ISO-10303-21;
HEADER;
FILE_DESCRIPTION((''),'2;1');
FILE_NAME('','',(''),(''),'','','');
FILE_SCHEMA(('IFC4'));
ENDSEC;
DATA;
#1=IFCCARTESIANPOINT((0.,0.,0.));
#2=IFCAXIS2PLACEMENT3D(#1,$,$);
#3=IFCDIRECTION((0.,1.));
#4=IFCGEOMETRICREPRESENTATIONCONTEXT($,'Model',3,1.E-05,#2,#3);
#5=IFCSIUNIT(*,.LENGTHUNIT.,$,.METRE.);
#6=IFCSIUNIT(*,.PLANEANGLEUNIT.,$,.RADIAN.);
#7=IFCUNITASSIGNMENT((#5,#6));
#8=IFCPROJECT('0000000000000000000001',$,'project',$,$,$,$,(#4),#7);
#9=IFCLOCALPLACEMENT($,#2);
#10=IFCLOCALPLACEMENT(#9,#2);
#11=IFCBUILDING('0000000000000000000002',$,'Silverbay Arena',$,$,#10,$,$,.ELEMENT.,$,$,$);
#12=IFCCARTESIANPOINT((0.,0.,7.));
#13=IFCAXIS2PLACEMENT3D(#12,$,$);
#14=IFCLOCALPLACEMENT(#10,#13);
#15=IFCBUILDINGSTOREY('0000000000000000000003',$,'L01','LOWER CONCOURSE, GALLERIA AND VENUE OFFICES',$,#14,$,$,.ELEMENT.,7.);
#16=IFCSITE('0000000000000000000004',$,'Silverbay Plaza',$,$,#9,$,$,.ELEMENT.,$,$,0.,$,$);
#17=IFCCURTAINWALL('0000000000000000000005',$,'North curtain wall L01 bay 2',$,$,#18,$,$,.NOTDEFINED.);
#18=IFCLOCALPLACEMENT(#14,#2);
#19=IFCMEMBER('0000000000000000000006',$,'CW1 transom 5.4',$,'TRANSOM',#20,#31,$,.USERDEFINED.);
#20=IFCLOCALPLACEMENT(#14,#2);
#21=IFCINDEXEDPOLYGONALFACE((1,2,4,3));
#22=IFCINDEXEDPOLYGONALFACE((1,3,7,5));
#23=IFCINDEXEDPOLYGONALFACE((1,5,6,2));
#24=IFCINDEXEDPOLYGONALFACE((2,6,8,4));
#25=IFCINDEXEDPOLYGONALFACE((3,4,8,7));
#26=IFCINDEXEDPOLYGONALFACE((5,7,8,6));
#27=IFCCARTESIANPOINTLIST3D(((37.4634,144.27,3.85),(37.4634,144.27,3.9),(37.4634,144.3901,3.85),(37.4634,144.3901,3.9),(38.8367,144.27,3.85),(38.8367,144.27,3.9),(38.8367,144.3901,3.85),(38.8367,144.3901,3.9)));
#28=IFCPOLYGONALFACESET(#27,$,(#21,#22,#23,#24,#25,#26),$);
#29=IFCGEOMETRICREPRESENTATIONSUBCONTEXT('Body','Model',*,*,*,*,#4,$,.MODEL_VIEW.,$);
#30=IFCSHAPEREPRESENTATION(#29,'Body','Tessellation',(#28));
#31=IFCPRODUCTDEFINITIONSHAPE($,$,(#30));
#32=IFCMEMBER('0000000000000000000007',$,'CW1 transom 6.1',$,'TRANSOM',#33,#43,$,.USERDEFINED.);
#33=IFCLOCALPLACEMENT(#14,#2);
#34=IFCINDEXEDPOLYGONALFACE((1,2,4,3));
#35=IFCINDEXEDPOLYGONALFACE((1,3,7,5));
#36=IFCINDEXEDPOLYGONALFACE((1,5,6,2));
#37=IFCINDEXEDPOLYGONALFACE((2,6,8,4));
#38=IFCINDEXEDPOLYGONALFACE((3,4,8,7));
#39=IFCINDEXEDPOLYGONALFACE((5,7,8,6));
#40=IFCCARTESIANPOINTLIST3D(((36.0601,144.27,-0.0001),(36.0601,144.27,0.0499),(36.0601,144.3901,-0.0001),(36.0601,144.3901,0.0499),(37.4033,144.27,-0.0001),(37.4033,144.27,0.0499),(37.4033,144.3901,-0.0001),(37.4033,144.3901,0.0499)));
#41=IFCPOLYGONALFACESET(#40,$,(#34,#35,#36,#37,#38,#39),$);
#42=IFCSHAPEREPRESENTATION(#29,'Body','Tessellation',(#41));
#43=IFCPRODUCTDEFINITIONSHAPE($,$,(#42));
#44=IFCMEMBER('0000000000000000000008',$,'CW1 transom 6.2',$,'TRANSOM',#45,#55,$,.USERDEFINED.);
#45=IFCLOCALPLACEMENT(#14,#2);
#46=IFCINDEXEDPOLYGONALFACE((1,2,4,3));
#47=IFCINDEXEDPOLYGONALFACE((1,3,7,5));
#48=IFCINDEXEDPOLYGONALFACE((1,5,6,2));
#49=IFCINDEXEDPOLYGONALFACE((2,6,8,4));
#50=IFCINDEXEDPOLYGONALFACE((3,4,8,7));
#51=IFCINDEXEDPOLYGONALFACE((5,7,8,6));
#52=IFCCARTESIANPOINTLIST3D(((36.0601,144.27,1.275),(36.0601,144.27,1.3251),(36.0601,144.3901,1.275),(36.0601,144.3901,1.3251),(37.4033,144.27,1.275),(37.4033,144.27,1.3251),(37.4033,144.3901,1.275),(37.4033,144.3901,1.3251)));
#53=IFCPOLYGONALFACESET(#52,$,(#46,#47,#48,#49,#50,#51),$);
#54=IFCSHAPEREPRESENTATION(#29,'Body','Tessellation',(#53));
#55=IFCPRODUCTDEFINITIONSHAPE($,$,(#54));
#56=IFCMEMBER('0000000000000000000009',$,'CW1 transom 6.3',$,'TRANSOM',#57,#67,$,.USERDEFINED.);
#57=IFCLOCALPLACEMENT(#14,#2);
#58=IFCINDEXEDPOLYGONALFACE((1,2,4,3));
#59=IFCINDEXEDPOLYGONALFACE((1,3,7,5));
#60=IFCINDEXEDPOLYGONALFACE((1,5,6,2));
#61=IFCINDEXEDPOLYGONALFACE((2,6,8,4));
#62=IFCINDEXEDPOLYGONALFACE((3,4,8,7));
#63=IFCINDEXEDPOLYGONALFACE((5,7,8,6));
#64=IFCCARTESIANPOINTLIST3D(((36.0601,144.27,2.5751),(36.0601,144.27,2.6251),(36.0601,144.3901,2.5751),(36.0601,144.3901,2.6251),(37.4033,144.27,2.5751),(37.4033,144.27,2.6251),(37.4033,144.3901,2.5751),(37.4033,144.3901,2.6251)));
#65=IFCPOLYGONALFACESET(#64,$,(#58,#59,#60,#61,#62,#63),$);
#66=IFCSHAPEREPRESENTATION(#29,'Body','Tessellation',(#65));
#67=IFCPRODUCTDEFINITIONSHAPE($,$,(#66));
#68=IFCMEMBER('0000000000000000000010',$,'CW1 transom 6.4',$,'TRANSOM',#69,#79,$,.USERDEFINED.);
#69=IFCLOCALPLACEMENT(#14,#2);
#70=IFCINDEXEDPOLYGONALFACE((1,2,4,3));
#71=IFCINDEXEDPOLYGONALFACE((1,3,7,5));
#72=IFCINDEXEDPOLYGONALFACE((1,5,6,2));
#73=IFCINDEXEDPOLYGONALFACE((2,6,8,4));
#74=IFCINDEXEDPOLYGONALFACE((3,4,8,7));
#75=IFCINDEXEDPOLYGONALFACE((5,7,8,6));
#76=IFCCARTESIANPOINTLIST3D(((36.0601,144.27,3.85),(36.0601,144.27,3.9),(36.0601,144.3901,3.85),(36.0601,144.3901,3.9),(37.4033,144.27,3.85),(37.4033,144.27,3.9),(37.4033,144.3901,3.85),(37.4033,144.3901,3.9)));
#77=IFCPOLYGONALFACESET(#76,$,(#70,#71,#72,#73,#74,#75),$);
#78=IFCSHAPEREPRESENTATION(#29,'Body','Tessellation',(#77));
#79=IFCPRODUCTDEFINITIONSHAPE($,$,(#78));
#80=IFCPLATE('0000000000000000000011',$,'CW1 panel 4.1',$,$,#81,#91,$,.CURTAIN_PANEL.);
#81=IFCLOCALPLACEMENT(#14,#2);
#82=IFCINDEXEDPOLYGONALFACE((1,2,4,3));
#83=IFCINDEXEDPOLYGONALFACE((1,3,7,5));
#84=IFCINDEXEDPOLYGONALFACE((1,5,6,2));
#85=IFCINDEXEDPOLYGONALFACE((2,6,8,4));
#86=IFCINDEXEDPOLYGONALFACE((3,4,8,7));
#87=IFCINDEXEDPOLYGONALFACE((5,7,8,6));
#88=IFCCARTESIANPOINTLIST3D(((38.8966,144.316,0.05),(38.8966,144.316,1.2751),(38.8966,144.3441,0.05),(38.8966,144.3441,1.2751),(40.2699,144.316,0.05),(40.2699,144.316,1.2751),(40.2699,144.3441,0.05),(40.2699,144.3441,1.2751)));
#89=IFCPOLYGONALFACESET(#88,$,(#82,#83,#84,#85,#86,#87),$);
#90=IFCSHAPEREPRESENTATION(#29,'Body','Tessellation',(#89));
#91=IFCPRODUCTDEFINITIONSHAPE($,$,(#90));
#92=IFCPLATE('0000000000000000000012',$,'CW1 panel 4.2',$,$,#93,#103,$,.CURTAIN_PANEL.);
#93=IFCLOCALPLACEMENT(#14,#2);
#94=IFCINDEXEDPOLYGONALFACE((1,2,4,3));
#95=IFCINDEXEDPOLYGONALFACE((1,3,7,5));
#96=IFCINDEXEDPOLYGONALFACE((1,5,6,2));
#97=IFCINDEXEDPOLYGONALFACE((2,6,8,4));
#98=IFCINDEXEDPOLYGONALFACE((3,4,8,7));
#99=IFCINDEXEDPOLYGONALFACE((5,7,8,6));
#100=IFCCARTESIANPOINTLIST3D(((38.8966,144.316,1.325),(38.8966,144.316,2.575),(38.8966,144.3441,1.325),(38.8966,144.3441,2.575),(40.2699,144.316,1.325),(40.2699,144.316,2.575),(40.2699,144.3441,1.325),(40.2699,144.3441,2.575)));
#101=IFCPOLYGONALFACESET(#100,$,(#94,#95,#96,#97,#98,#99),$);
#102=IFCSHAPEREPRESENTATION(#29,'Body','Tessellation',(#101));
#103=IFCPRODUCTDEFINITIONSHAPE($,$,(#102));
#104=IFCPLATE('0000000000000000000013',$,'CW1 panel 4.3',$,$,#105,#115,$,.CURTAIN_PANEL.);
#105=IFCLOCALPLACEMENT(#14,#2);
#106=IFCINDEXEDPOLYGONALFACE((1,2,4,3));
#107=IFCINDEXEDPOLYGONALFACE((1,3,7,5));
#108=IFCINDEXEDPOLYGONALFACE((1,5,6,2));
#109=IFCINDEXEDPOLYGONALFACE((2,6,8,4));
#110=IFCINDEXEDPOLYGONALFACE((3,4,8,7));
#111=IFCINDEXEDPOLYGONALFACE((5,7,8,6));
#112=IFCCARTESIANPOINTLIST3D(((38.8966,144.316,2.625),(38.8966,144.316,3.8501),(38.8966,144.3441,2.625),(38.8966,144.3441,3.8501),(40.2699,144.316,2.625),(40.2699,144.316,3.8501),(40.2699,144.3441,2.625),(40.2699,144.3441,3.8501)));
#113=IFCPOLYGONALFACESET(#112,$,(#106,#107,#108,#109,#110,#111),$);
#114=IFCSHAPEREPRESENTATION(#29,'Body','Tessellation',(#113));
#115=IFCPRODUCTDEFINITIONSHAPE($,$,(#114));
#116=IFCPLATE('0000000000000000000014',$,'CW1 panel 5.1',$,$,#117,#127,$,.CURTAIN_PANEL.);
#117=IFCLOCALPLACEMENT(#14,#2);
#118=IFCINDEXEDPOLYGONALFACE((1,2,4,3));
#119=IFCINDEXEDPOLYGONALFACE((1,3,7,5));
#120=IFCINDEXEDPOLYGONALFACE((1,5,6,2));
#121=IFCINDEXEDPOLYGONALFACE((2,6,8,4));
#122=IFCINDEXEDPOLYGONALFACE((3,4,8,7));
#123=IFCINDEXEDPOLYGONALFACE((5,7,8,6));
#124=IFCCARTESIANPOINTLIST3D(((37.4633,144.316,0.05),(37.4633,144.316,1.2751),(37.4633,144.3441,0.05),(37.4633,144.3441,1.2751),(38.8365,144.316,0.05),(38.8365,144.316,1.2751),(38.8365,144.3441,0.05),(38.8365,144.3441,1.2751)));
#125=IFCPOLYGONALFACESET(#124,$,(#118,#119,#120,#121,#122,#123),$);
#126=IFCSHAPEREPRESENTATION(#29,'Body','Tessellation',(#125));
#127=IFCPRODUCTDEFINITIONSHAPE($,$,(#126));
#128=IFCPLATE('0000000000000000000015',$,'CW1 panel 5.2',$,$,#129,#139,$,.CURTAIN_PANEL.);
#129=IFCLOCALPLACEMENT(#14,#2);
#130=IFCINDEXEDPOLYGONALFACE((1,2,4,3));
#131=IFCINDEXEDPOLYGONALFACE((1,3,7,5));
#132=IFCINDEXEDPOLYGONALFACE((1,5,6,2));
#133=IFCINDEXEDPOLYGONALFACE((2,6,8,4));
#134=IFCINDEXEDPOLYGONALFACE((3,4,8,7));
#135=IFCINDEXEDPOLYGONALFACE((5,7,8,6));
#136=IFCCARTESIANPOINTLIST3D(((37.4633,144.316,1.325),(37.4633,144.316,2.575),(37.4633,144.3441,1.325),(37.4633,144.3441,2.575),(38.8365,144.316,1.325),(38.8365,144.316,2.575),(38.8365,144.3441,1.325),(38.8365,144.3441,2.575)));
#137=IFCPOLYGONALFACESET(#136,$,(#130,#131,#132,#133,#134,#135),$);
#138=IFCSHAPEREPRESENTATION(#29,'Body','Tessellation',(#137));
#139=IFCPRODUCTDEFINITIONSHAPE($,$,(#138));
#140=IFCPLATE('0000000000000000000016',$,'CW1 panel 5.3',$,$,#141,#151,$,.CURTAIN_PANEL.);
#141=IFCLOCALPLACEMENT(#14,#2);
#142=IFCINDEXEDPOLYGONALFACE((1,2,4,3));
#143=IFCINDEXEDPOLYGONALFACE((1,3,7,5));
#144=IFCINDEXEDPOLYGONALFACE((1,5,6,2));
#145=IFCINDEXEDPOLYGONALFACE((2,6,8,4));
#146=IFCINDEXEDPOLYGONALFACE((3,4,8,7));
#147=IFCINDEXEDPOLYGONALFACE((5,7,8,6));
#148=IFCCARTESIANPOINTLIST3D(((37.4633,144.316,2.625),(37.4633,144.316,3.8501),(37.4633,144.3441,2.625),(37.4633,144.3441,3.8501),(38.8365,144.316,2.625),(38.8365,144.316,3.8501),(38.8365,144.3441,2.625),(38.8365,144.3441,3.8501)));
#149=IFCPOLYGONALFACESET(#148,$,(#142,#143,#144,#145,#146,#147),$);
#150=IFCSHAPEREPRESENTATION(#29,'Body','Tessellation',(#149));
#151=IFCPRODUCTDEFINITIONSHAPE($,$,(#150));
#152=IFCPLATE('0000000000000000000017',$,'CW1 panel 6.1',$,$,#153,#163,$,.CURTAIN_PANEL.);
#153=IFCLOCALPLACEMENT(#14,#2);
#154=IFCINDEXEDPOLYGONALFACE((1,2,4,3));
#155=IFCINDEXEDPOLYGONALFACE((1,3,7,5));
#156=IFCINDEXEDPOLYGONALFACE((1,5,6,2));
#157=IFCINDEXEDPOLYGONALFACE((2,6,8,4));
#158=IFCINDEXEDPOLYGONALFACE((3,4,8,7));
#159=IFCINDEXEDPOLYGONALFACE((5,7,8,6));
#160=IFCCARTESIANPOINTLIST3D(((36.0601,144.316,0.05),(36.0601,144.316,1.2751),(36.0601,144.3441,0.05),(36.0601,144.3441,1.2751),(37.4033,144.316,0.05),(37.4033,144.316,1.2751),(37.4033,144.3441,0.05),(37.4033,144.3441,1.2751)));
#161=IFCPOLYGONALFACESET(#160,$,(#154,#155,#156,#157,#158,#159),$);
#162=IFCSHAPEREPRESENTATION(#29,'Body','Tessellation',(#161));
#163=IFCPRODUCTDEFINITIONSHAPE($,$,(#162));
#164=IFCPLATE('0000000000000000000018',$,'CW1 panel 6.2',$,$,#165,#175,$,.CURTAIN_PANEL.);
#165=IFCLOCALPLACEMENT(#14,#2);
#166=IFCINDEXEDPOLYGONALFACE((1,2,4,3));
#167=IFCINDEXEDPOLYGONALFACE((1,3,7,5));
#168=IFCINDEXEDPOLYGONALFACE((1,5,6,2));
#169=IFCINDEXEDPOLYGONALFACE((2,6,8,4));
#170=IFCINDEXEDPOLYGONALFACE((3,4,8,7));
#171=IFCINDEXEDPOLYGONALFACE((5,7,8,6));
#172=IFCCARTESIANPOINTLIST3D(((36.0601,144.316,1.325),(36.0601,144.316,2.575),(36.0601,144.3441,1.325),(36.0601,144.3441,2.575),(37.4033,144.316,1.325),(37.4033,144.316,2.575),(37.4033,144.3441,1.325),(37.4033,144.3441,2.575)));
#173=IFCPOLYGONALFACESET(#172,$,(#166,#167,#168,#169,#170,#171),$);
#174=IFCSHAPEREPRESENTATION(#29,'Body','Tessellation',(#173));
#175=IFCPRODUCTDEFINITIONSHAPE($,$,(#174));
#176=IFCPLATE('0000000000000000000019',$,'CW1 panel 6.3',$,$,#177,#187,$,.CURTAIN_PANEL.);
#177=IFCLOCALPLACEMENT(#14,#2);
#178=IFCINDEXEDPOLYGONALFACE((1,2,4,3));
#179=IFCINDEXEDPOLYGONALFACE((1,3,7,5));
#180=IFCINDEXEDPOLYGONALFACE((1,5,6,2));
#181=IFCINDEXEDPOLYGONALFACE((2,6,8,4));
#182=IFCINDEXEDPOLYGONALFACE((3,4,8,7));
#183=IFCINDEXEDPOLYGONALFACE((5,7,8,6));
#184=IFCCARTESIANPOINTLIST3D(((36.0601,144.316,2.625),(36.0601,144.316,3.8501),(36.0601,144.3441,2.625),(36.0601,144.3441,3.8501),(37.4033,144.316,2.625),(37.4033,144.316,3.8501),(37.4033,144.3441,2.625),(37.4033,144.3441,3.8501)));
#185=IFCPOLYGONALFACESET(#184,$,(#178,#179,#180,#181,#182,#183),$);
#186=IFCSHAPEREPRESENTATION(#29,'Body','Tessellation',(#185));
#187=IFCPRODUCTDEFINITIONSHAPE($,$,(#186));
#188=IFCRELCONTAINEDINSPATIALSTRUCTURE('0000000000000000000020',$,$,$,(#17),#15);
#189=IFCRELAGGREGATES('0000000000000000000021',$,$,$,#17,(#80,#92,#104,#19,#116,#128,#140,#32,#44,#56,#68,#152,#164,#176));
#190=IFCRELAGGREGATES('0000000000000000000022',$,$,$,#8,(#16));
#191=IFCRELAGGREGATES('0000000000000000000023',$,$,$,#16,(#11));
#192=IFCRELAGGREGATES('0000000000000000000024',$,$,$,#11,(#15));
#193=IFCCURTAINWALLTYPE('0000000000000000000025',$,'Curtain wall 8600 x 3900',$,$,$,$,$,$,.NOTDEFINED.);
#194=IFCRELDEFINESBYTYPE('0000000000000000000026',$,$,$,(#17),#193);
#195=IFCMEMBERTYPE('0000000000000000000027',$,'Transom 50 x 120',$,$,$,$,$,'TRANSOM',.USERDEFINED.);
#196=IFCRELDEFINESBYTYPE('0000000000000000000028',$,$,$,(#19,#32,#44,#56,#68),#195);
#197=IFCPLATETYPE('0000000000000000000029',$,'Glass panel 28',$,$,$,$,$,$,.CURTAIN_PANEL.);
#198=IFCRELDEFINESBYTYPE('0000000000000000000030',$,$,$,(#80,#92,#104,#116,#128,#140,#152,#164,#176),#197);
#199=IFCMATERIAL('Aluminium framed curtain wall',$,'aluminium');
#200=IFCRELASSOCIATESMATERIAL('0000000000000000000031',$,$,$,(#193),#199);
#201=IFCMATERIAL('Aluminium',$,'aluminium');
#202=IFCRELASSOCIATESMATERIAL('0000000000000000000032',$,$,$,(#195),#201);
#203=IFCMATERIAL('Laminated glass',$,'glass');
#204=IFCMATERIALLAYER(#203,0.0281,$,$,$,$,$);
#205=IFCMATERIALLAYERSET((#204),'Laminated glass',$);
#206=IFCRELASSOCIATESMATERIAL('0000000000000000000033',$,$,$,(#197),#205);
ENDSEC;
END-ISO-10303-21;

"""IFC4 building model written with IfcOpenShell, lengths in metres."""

from ifc_helpers import new_model, si_unit, direction, frame, origin, origin_2d, place, context, subcontext, project, spatial, rectangle, extrude, material, layer, layer_set, material_profile, profile_set, type_object, element, aggregate, save


model = new_model("IFC4")

# Units and contexts
model_context = context("Model", 3, precision=1e-05, world=origin(), true_north=direction((0.0, 1.0)))
body_context = subcontext(model_context, "Body", "Model", "MODEL_VIEW")
ifc_project = project(units=[si_unit("LENGTHUNIT", "METRE"), si_unit("PLANEANGLEUNIT", "RADIAN")], contexts=[model_context])

# Site, building, storey
site_placement = place(None, origin())
site = spatial("IfcSite", under=ifc_project, at=site_placement, Name="Silverbay Plaza", CompositionType="ELEMENT", RefElevation=0.0)
building_placement = place(site_placement, origin())
building = spatial("IfcBuilding", under=site, at=building_placement, Name="Silverbay Arena", CompositionType="ELEMENT")
storey_placement = place(building_placement, frame((0.0, 0.0, 7.0)))
storey = spatial("IfcBuildingStorey", under=building, at=storey_placement, Name="L01", Description="LOWER CONCOURSE, GALLERIA AND VENUE OFFICES", CompositionType="ELEMENT", Elevation=7.0)

# Curtain wall
ifc_material_1 = material(Name="Aluminium framed curtain wall", Category="aluminium")
curtain_wall_type = type_object("IfcCurtainWallType", Name="Curtain wall 8600 x 3900", PredefinedType="NOTDEFINED", material=ifc_material_1)
curtain_wall_placement = place(storey_placement, origin())
curtain_wall = element("IfcCurtainWall", 1, at=curtain_wall_placement, inside=storey, type_object=curtain_wall_type, Name="North curtain wall L01 bay 2", PredefinedType="NOTDEFINED")

# Members
ifc_material_2 = material(Name="Aluminium", Category="aluminium")
ifc_material_profile_1 = material_profile(ifc_material_2, rectangle(XDim=0.1201, YDim=0.05, at=origin_2d()), Name="Transom 50 x 120")
ifc_profile_set_1 = profile_set([ifc_material_profile_1], Name="Aluminium")
member_type_1 = type_object("IfcMemberType", Name="Transom 50 x 120", ElementType="TRANSOM", PredefinedType="USERDEFINED", material=ifc_profile_set_1)
member_1_placement = place(storey_placement, frame((38.8367, 144.3301, 3.875), z_axis=(-1.0, 0.0, 0.0), x_axis=(0.0, -1.0, 0.0)))
member_1 = element("IfcMember", 2, at=member_1_placement, type_object=member_type_1, Name="CW1 transom 5.4", ObjectType="TRANSOM", PredefinedType="USERDEFINED", context=body_context, shape_type="SweptSolid", body=[
    extrude(rectangle(XDim=0.1201, YDim=0.05, at=origin_2d()), origin(), (0.0, 0.0, 1.0), 1.3733),
])
member_2_placement = place(storey_placement, frame((37.4033, 144.3301, 0.0249), z_axis=(-1.0, 0.0, 0.0), x_axis=(0.0, -1.0, 0.0)))
member_2 = element("IfcMember", 3, at=member_2_placement, type_object=member_type_1, Name="CW1 transom 6.1", ObjectType="TRANSOM", PredefinedType="USERDEFINED", context=body_context, shape_type="SweptSolid", body=[
    extrude(rectangle(XDim=0.1201, YDim=0.05, at=origin_2d()), origin(), (0.0, 0.0, 1.0), 1.3433),
])
member_3_placement = place(storey_placement, frame((37.4033, 144.3301, 1.3), z_axis=(-1.0, 0.0, 0.0), x_axis=(0.0, -1.0, 0.0)))
member_3 = element("IfcMember", 4, at=member_3_placement, type_object=member_type_1, Name="CW1 transom 6.2", ObjectType="TRANSOM", PredefinedType="USERDEFINED", context=body_context, shape_type="SweptSolid", body=[
    extrude(rectangle(XDim=0.1201, YDim=0.05, at=origin_2d()), origin(), (0.0, 0.0, 1.0), 1.3433),
])
member_4_placement = place(storey_placement, frame((37.4033, 144.3301, 2.6001), z_axis=(-1.0, 0.0, 0.0), x_axis=(0.0, -1.0, 0.0)))
member_4 = element("IfcMember", 5, at=member_4_placement, type_object=member_type_1, Name="CW1 transom 6.3", ObjectType="TRANSOM", PredefinedType="USERDEFINED", context=body_context, shape_type="SweptSolid", body=[
    extrude(rectangle(XDim=0.1201, YDim=0.05, at=origin_2d()), origin(), (0.0, 0.0, 1.0), 1.3433),
])
member_5_placement = place(storey_placement, frame((37.4033, 144.3301, 3.875), z_axis=(-1.0, 0.0, 0.0), x_axis=(0.0, -1.0, 0.0)))
member_5 = element("IfcMember", 6, at=member_5_placement, type_object=member_type_1, Name="CW1 transom 6.4", ObjectType="TRANSOM", PredefinedType="USERDEFINED", context=body_context, shape_type="SweptSolid", body=[
    extrude(rectangle(XDim=0.1201, YDim=0.05, at=origin_2d()), origin(), (0.0, 0.0, 1.0), 1.3433),
])

# Plates
ifc_material_3 = material(Name="Laminated glass", Category="glass")
ifc_layer = layer(ifc_material_3, 0.0281)
ifc_layer_set = layer_set([ifc_layer], Name="Laminated glass")
plate_type = type_object("IfcPlateType", Name="Glass panel 28", PredefinedType="CURTAIN_PANEL", material=ifc_layer_set)
plate_1_placement = place(storey_placement, frame((39.5833, 144.3301, 0.05), z_axis=(0.0, 0.0, 1.0), x_axis=(-1.0, 0.0, 0.0)))
plate_1 = element("IfcPlate", 7, at=plate_1_placement, type_object=plate_type, Name="CW1 panel 4.1", PredefinedType="CURTAIN_PANEL", context=body_context, shape_type="SweptSolid", body=[
    extrude(rectangle(XDim=1.3733, YDim=0.0281, at=origin_2d()), origin(), (0.0, 0.0, 1.0), 1.2251),
])
plate_2_placement = place(storey_placement, frame((39.5833, 144.3301, 1.325), z_axis=(0.0, 0.0, 1.0), x_axis=(-1.0, 0.0, 0.0)))
plate_2 = element("IfcPlate", 8, at=plate_2_placement, type_object=plate_type, Name="CW1 panel 4.2", PredefinedType="CURTAIN_PANEL", context=body_context, shape_type="SweptSolid", body=[
    extrude(rectangle(XDim=1.3733, YDim=0.0281, at=origin_2d()), origin(), (0.0, 0.0, 1.0), 1.25),
])
plate_3_placement = place(storey_placement, frame((39.5833, 144.3301, 2.625), z_axis=(0.0, 0.0, 1.0), x_axis=(-1.0, 0.0, 0.0)))
plate_3 = element("IfcPlate", 9, at=plate_3_placement, type_object=plate_type, Name="CW1 panel 4.3", PredefinedType="CURTAIN_PANEL", context=body_context, shape_type="SweptSolid", body=[
    extrude(rectangle(XDim=1.3733, YDim=0.0281, at=origin_2d()), origin(), (0.0, 0.0, 1.0), 1.2251),
])
plate_4_placement = place(storey_placement, frame((38.1499, 144.3301, 0.05), z_axis=(0.0, 0.0, 1.0), x_axis=(-1.0, 0.0, 0.0)))
plate_4 = element("IfcPlate", 10, at=plate_4_placement, type_object=plate_type, Name="CW1 panel 5.1", PredefinedType="CURTAIN_PANEL", context=body_context, shape_type="SweptSolid", body=[
    extrude(rectangle(XDim=1.3733, YDim=0.0281, at=origin_2d()), origin(), (0.0, 0.0, 1.0), 1.2251),
])
plate_5_placement = place(storey_placement, frame((38.1499, 144.3301, 1.325), z_axis=(0.0, 0.0, 1.0), x_axis=(-1.0, 0.0, 0.0)))
plate_5 = element("IfcPlate", 11, at=plate_5_placement, type_object=plate_type, Name="CW1 panel 5.2", PredefinedType="CURTAIN_PANEL", context=body_context, shape_type="SweptSolid", body=[
    extrude(rectangle(XDim=1.3733, YDim=0.0281, at=origin_2d()), origin(), (0.0, 0.0, 1.0), 1.25),
])
plate_6_placement = place(storey_placement, frame((38.1499, 144.3301, 2.625), z_axis=(0.0, 0.0, 1.0), x_axis=(-1.0, 0.0, 0.0)))
plate_6 = element("IfcPlate", 12, at=plate_6_placement, type_object=plate_type, Name="CW1 panel 5.3", PredefinedType="CURTAIN_PANEL", context=body_context, shape_type="SweptSolid", body=[
    extrude(rectangle(XDim=1.3733, YDim=0.0281, at=origin_2d()), origin(), (0.0, 0.0, 1.0), 1.2251),
])
plate_7_placement = place(storey_placement, frame((36.7317, 144.3301, 0.05), z_axis=(0.0, 0.0, 1.0), x_axis=(-1.0, 0.0, 0.0)))
plate_7 = element("IfcPlate", 13, at=plate_7_placement, type_object=plate_type, Name="CW1 panel 6.1", PredefinedType="CURTAIN_PANEL", context=body_context, shape_type="SweptSolid", body=[
    extrude(rectangle(XDim=1.3433, YDim=0.0281, at=origin_2d()), origin(), (0.0, 0.0, 1.0), 1.2251),
])
plate_8_placement = place(storey_placement, frame((36.7317, 144.3301, 1.325), z_axis=(0.0, 0.0, 1.0), x_axis=(-1.0, 0.0, 0.0)))
plate_8 = element("IfcPlate", 14, at=plate_8_placement, type_object=plate_type, Name="CW1 panel 6.2", PredefinedType="CURTAIN_PANEL", context=body_context, shape_type="SweptSolid", body=[
    extrude(rectangle(XDim=1.3433, YDim=0.0281, at=origin_2d()), origin(), (0.0, 0.0, 1.0), 1.25),
])
plate_9_placement = place(storey_placement, frame((36.7317, 144.3301, 2.625), z_axis=(0.0, 0.0, 1.0), x_axis=(-1.0, 0.0, 0.0)))
plate_9 = element("IfcPlate", 15, at=plate_9_placement, type_object=plate_type, Name="CW1 panel 6.3", PredefinedType="CURTAIN_PANEL", context=body_context, shape_type="SweptSolid", body=[
    extrude(rectangle(XDim=1.3433, YDim=0.0281, at=origin_2d()), origin(), (0.0, 0.0, 1.0), 1.2251),
])
aggregate(curtain_wall, [plate_1, plate_2, plate_3, member_1, plate_4, plate_5, plate_6, member_2, member_3, member_4, member_5, plate_7, plate_8, plate_9])

save(model, "model.ifc")
